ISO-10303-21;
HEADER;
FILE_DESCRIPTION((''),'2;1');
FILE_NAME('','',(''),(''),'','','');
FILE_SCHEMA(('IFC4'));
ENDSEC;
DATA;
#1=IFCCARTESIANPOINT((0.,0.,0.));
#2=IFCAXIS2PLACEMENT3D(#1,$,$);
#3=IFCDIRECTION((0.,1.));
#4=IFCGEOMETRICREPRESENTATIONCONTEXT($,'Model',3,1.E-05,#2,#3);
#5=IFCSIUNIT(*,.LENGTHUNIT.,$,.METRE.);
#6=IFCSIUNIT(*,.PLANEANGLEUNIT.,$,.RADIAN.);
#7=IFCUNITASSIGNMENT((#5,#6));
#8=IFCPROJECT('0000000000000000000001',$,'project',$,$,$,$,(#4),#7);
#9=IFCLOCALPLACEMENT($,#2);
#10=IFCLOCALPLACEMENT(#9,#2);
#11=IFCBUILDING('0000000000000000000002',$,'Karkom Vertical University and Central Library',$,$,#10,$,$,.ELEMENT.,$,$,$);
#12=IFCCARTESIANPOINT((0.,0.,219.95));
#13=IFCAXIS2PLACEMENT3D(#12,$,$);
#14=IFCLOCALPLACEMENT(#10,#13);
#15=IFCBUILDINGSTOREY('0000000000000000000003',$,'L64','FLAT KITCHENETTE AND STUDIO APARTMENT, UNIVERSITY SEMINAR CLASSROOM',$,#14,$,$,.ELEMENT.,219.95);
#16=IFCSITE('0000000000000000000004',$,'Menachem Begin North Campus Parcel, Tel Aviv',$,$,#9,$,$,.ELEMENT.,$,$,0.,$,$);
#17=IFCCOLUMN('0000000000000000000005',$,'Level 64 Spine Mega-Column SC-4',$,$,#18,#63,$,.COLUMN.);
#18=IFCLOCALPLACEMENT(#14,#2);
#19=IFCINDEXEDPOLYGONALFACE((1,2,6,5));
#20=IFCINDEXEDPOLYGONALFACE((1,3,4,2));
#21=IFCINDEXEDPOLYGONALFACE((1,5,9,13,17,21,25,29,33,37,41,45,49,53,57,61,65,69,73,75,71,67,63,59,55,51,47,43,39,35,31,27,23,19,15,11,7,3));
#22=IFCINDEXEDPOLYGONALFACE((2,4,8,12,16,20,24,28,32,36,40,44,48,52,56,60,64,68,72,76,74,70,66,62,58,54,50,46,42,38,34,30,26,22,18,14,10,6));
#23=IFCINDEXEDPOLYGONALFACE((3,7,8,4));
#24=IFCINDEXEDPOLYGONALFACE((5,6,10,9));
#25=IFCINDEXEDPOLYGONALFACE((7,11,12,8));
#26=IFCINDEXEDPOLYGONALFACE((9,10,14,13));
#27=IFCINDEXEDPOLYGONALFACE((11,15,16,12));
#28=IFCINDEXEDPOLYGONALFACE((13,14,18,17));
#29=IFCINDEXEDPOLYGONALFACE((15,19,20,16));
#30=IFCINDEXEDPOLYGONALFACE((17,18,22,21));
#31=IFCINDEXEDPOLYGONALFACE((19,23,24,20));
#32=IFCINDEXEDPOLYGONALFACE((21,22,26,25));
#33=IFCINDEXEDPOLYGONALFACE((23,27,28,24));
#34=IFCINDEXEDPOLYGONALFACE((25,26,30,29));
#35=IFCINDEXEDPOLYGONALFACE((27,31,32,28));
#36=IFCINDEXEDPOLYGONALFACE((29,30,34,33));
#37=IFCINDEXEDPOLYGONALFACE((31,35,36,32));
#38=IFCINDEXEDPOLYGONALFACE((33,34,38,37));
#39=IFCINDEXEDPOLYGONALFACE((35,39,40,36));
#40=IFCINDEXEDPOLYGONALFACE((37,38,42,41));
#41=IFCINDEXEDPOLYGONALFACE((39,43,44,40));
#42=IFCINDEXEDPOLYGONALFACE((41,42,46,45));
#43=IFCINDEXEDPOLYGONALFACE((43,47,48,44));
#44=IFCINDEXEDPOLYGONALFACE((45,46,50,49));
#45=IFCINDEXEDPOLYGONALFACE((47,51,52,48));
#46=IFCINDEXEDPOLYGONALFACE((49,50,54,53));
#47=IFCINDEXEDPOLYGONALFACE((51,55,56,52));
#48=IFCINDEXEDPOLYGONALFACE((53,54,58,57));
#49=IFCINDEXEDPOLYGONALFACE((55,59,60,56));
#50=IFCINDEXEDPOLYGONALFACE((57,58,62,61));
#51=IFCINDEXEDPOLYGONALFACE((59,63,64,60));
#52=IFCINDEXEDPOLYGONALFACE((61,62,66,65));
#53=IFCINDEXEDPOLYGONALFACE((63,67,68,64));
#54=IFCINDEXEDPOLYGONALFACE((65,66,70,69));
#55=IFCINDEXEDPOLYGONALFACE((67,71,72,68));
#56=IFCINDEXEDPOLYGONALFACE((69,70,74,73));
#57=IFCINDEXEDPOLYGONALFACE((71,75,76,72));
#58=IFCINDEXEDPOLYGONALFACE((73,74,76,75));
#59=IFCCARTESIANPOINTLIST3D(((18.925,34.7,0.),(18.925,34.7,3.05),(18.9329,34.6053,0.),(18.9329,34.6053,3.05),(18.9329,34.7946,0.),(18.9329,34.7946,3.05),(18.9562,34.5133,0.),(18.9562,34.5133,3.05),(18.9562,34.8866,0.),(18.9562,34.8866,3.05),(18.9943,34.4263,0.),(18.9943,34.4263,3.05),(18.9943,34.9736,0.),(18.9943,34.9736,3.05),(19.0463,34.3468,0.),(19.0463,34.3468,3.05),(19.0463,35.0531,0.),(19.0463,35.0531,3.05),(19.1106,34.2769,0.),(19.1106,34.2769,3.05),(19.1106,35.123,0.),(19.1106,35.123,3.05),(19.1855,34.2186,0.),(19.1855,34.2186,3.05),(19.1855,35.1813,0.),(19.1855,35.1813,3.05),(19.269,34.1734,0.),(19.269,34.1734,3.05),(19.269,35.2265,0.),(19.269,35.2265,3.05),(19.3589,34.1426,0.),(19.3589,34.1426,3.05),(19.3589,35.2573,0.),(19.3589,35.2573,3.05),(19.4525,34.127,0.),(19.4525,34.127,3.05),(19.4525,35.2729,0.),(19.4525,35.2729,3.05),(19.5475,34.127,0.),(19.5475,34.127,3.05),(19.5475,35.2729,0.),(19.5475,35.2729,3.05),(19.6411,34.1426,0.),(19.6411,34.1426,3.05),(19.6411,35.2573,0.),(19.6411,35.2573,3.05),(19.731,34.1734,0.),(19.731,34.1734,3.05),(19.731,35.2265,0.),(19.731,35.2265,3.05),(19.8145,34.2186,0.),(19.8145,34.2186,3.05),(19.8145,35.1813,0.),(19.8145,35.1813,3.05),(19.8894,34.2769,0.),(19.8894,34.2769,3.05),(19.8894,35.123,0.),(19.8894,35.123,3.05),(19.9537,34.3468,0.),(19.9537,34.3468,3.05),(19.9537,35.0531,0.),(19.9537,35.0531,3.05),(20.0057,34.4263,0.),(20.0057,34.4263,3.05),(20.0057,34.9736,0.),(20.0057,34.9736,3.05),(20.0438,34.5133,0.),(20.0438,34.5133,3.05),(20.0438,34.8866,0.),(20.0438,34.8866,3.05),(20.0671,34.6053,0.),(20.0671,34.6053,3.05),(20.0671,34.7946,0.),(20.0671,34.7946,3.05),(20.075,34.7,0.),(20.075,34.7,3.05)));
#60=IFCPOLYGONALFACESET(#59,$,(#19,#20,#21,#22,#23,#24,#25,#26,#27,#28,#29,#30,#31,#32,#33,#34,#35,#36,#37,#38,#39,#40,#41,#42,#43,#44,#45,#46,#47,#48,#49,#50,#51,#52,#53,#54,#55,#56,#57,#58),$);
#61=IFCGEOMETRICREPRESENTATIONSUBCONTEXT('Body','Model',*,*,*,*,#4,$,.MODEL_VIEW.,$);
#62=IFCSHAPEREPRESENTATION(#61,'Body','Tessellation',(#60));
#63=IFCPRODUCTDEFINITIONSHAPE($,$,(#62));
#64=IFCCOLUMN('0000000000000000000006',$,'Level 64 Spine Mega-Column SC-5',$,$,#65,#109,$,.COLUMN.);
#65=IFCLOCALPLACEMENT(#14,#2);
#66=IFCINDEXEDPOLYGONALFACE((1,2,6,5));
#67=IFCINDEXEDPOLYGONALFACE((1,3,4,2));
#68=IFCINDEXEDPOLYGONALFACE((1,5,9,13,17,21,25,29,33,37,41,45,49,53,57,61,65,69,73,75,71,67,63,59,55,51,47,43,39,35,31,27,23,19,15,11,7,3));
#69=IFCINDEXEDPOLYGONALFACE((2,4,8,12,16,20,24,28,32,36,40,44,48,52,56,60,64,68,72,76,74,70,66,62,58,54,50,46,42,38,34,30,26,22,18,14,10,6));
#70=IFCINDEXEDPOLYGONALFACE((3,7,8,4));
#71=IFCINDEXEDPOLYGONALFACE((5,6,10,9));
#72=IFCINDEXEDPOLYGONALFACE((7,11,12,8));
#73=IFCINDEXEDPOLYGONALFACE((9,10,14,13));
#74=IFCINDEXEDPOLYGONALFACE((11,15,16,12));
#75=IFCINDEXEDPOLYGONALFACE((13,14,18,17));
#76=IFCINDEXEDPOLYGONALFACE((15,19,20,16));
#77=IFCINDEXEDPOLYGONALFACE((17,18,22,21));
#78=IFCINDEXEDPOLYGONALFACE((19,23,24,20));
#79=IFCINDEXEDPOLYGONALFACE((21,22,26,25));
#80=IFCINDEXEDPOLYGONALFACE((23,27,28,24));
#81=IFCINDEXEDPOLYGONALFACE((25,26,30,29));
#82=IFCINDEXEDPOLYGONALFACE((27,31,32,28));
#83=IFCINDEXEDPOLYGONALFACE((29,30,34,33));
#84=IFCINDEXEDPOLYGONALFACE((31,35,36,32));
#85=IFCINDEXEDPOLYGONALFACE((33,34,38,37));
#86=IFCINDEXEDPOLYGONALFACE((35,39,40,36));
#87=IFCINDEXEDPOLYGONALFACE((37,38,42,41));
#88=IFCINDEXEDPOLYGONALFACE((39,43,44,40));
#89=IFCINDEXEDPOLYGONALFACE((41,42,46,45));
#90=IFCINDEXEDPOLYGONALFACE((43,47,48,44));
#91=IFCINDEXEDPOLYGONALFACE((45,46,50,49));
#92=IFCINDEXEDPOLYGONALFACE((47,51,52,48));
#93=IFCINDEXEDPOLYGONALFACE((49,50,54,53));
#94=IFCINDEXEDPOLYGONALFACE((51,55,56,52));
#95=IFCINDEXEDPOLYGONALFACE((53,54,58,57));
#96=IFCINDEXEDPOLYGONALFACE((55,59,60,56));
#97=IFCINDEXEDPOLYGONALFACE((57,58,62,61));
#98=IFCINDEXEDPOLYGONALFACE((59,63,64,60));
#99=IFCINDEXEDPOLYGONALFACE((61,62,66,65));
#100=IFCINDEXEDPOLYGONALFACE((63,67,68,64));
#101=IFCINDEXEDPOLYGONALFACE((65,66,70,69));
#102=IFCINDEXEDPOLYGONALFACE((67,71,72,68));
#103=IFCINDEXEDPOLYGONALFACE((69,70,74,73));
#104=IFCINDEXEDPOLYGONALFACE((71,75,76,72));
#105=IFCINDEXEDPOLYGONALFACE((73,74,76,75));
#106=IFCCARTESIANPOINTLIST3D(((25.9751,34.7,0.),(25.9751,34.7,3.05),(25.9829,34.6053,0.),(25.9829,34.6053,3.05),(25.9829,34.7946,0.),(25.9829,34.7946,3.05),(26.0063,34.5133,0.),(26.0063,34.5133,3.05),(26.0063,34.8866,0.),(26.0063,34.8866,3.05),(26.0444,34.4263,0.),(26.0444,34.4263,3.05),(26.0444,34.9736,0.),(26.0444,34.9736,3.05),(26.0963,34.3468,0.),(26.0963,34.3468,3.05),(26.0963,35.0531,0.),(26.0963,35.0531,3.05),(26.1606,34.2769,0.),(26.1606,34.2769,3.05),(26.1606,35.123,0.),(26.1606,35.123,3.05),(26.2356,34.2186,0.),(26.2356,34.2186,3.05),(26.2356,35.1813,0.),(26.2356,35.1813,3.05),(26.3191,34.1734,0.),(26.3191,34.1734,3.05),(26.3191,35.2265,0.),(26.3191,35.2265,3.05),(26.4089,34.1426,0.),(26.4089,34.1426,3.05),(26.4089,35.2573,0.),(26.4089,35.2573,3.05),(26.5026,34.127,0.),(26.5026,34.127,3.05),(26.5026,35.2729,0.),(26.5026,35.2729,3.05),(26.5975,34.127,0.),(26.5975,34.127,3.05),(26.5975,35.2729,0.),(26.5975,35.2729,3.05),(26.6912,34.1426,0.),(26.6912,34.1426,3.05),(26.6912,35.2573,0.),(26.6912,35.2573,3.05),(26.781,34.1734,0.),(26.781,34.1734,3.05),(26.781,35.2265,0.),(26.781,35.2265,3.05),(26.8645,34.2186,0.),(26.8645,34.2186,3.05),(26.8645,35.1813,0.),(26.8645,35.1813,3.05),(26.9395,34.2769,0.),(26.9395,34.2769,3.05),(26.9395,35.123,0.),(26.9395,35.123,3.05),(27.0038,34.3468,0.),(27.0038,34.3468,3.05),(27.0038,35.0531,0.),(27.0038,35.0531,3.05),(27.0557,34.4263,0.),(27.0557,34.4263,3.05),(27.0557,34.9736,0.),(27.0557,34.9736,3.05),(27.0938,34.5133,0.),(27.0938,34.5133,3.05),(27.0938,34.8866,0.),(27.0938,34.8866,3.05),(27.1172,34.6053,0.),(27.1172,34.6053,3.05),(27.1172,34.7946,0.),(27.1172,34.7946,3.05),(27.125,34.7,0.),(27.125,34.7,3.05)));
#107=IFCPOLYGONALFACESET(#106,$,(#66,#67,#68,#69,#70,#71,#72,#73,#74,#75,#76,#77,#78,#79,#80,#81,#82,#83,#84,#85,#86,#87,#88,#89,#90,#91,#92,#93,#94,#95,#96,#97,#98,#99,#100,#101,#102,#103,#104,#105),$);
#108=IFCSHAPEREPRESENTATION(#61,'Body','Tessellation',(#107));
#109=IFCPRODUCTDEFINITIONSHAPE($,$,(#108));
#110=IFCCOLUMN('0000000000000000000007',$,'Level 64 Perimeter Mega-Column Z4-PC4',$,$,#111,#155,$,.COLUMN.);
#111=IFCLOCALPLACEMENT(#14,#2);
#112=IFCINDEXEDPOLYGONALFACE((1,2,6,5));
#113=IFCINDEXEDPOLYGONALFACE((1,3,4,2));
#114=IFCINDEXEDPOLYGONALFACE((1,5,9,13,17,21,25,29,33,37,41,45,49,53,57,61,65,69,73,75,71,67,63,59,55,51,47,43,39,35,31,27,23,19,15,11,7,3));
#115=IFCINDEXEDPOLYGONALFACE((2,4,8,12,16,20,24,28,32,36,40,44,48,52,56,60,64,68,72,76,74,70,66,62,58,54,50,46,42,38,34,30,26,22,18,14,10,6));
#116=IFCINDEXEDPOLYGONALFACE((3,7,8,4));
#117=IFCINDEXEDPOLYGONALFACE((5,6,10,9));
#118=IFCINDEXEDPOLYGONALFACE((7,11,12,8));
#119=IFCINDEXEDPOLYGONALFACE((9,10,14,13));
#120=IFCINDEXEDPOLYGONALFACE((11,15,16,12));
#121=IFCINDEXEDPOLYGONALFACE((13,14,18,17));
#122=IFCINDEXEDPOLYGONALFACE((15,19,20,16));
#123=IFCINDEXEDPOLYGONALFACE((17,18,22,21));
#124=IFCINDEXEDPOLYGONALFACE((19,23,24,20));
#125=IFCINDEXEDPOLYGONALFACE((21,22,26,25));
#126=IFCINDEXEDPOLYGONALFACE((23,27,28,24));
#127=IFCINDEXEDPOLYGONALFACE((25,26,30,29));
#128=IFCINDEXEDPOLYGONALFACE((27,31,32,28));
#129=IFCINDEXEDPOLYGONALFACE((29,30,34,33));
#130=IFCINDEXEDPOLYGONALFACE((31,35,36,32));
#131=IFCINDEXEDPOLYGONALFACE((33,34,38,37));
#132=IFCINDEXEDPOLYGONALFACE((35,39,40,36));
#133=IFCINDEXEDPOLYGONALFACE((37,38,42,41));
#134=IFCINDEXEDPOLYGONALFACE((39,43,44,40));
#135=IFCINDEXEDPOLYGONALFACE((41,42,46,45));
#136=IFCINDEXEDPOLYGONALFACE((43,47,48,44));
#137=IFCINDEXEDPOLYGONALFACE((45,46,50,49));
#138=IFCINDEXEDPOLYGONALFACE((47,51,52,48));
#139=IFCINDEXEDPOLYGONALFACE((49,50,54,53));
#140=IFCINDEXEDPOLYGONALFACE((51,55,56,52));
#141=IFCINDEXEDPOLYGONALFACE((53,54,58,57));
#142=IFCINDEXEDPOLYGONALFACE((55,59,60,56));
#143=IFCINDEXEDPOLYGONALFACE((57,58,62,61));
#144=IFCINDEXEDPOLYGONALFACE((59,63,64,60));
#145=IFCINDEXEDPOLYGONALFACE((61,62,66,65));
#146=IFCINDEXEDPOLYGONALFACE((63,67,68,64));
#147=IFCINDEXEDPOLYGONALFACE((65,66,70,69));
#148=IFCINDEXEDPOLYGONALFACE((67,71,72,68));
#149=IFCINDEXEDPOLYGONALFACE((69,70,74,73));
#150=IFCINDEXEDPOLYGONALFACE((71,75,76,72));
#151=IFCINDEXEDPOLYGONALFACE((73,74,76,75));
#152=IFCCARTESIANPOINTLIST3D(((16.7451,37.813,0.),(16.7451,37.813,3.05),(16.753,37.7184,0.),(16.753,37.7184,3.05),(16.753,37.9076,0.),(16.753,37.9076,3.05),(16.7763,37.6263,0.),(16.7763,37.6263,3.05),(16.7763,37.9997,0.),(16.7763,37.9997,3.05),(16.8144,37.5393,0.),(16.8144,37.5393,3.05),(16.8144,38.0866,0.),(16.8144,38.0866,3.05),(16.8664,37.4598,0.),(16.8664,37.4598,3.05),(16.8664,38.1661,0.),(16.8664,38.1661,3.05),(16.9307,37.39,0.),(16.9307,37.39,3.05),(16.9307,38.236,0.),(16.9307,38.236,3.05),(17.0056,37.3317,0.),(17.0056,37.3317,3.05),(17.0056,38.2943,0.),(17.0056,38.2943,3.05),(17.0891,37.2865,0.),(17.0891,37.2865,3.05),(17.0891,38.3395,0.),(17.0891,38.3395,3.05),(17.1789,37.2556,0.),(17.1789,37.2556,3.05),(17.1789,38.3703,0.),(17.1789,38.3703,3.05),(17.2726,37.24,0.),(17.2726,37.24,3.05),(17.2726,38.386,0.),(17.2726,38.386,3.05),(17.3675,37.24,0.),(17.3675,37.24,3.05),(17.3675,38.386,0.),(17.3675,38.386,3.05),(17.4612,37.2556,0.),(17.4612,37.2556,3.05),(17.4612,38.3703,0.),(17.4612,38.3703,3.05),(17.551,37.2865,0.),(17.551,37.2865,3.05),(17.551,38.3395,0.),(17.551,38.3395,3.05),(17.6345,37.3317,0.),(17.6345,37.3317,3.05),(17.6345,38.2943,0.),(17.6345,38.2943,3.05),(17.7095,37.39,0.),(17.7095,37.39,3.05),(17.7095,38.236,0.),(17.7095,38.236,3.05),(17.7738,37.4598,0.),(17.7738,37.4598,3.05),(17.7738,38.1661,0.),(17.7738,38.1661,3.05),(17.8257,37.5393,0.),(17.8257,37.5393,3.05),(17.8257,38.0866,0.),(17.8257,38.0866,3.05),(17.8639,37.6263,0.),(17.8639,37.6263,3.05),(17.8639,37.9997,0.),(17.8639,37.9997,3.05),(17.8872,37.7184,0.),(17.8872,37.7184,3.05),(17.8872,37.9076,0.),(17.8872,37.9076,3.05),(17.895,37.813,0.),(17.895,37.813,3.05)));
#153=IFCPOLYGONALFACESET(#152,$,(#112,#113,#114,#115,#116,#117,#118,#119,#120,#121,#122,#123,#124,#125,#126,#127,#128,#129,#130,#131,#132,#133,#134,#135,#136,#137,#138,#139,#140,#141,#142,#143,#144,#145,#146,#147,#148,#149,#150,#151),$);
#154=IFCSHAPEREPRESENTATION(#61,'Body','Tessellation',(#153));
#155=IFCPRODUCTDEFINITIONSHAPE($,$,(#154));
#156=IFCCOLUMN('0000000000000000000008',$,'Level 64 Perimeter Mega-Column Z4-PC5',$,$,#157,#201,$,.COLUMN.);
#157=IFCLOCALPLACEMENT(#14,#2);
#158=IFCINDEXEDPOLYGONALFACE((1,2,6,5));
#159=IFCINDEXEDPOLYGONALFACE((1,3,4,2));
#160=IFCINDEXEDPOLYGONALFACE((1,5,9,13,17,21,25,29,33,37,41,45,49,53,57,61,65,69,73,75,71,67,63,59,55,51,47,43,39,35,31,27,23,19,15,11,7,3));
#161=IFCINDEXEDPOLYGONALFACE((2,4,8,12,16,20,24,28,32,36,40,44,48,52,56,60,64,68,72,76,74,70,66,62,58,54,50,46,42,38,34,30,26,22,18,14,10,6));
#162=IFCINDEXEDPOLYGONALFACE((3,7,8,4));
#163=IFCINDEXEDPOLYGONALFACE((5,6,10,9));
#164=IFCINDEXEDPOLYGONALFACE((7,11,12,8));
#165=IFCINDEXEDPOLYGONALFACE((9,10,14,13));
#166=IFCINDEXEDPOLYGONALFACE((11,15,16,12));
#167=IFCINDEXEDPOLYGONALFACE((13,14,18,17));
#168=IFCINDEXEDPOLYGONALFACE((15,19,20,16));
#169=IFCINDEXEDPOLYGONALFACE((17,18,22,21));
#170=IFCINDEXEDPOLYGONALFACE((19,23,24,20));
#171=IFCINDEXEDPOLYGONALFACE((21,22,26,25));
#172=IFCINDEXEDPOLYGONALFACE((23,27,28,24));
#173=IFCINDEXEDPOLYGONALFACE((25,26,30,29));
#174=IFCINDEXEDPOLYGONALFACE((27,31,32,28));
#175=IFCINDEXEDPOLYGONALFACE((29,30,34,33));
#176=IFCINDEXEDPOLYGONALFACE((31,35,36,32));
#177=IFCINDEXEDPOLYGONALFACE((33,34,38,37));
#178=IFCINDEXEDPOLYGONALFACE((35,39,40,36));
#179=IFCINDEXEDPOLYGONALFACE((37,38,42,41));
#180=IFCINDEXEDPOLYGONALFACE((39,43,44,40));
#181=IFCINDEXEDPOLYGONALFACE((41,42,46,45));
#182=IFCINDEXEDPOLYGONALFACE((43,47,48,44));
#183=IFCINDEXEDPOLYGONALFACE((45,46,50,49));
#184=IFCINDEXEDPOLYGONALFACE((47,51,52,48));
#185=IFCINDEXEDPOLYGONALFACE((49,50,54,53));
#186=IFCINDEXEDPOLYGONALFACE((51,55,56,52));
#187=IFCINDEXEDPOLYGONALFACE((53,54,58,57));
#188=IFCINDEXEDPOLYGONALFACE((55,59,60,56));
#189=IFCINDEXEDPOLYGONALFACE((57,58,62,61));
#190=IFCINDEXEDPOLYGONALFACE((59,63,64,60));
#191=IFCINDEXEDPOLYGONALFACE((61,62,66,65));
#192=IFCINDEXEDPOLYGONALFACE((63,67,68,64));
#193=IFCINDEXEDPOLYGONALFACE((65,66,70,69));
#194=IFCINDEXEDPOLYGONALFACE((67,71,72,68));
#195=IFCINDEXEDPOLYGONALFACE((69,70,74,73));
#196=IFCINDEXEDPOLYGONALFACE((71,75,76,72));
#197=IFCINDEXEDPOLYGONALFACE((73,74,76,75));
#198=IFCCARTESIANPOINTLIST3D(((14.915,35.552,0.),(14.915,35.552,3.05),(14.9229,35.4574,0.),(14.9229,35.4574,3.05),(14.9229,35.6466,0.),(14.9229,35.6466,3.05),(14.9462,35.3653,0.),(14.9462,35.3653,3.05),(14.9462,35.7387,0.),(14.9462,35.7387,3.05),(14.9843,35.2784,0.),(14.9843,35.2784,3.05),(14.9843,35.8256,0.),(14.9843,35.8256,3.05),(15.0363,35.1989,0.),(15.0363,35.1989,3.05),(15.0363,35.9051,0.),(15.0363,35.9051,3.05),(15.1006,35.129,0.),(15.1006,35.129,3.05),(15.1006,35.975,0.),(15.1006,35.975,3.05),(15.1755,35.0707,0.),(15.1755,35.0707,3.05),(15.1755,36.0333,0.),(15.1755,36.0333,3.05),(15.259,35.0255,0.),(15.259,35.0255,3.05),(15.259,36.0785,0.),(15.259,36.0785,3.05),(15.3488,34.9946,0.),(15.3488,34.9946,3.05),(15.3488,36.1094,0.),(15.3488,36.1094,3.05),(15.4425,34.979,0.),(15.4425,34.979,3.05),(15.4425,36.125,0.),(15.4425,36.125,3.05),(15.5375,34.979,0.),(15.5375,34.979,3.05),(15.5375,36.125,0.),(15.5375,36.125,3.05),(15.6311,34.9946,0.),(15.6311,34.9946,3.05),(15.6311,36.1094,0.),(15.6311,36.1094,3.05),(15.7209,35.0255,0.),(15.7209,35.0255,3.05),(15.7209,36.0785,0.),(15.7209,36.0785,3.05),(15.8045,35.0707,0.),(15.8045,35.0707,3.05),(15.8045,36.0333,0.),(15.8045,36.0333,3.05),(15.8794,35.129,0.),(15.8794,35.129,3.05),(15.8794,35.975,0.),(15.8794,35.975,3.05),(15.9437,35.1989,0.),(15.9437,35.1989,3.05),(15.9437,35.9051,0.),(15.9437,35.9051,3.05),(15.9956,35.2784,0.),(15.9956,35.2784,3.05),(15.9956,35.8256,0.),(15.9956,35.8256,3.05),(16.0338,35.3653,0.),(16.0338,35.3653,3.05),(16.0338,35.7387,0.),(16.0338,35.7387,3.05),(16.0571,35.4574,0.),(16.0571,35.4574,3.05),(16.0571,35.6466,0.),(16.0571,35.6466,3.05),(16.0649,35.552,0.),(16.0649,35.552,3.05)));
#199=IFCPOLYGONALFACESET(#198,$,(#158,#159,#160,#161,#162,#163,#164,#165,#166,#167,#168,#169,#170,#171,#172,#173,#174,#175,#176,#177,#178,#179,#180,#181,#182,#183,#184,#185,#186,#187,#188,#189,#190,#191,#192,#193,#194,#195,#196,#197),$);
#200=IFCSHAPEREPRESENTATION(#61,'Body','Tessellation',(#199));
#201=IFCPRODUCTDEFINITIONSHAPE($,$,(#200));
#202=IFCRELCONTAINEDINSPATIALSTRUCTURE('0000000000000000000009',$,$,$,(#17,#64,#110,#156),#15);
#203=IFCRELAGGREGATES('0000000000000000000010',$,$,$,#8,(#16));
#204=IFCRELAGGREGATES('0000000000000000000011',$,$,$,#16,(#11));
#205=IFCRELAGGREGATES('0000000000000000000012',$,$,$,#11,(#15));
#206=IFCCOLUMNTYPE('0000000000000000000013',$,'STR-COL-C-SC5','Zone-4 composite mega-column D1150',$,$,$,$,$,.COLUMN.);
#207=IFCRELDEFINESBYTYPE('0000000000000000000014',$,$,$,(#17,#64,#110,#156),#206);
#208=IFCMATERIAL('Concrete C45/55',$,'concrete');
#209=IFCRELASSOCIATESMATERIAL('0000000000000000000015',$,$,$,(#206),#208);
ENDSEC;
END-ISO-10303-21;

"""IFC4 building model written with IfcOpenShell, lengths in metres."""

from ifc_helpers import new_model, si_unit, direction, frame, origin, origin_with_axes, origin_2d, place, context, subcontext, project, spatial, circle, extrude, source, transform, mapped, material, material_profile, profile_set, type_object, element, save


model = new_model("IFC4")

# Units and contexts
model_context = context("Model", 3, precision=1e-05, world=origin(), true_north=direction((0.0, 1.0)))
body_context = subcontext(model_context, "Body", "Model", "MODEL_VIEW")
ifc_project = project(units=[si_unit("LENGTHUNIT", "METRE"), si_unit("PLANEANGLEUNIT", "RADIAN")], contexts=[model_context])

# Site, building, storey
site_placement = place(None, origin())
site = spatial("IfcSite", under=ifc_project, at=site_placement, Name="Menachem Begin North Campus Parcel, Tel Aviv", CompositionType="ELEMENT", RefElevation=0.0)
building_placement = place(site_placement, origin())
building = spatial("IfcBuilding", under=site, at=building_placement, Name="Karkom Vertical University and Central Library", CompositionType="ELEMENT")
storey_placement = place(building_placement, frame((0.0, 0.0, 219.95)))
storey = spatial("IfcBuildingStorey", under=building, at=storey_placement, Name="L64", Description="FLAT KITCHENETTE AND STUDIO APARTMENT, UNIVERSITY SEMINAR CLASSROOM", CompositionType="ELEMENT", Elevation=219.95)

# Columns
ifc_material_1 = material(Name="Concrete C45/55", Category="concrete")
ifc_material_profile_1 = material_profile(ifc_material_1, circle(Radius=0.575, at=origin_2d()), Name="CFT-D1150")
ifc_profile_set_1 = profile_set([ifc_material_profile_1], Name="Concrete C45/55")
column_type = type_object("IfcColumnType", Name="STR-COL-C-SC5", Description="Zone-4 composite mega-column D1150", PredefinedType="COLUMN", material=ifc_profile_set_1)
shared_shape_1 = source(origin_with_axes(), body_context, "Body", "SweptSolid", [
    extrude(circle(Radius=0.575, at=origin_2d()), origin(), (0.0, 0.0, 1.0), 3.05),
])
for number, where, z_axis, x_axis, name in (
    (1, (19.5, 34.7, 0.0), (0.0, 0.0, 1.0), (1.0, 0.0, 0.0), "Level 64 Spine Mega-Column SC-4"),
    (2, (26.55, 34.7, 0.0), (0.0, 0.0, 1.0), (1.0, 0.0, 0.0), "Level 64 Spine Mega-Column SC-5"),
    (3, (17.3201, 37.813, 0.0), (0.0, 0.0, 1.0), (1.0, 0.0, 0.0), "Level 64 Perimeter Mega-Column Z4-PC4"),
    (4, (15.49, 35.552, 0.0), (0.0, 0.0, 1.0), (1.0, 0.0, 0.0), "Level 64 Perimeter Mega-Column Z4-PC5"),
):
    element("IfcColumn", number, at=place(storey_placement, frame(where, z_axis=z_axis, x_axis=x_axis)), inside=storey, type_object=column_type, Name=name, PredefinedType="COLUMN", context=body_context, shape_type="MappedRepresentation", body=[
        mapped(shared_shape_1, transform((0.0, 0.0, 0.0), scale=1.0)),
    ])

save(model, "model.ifc")
